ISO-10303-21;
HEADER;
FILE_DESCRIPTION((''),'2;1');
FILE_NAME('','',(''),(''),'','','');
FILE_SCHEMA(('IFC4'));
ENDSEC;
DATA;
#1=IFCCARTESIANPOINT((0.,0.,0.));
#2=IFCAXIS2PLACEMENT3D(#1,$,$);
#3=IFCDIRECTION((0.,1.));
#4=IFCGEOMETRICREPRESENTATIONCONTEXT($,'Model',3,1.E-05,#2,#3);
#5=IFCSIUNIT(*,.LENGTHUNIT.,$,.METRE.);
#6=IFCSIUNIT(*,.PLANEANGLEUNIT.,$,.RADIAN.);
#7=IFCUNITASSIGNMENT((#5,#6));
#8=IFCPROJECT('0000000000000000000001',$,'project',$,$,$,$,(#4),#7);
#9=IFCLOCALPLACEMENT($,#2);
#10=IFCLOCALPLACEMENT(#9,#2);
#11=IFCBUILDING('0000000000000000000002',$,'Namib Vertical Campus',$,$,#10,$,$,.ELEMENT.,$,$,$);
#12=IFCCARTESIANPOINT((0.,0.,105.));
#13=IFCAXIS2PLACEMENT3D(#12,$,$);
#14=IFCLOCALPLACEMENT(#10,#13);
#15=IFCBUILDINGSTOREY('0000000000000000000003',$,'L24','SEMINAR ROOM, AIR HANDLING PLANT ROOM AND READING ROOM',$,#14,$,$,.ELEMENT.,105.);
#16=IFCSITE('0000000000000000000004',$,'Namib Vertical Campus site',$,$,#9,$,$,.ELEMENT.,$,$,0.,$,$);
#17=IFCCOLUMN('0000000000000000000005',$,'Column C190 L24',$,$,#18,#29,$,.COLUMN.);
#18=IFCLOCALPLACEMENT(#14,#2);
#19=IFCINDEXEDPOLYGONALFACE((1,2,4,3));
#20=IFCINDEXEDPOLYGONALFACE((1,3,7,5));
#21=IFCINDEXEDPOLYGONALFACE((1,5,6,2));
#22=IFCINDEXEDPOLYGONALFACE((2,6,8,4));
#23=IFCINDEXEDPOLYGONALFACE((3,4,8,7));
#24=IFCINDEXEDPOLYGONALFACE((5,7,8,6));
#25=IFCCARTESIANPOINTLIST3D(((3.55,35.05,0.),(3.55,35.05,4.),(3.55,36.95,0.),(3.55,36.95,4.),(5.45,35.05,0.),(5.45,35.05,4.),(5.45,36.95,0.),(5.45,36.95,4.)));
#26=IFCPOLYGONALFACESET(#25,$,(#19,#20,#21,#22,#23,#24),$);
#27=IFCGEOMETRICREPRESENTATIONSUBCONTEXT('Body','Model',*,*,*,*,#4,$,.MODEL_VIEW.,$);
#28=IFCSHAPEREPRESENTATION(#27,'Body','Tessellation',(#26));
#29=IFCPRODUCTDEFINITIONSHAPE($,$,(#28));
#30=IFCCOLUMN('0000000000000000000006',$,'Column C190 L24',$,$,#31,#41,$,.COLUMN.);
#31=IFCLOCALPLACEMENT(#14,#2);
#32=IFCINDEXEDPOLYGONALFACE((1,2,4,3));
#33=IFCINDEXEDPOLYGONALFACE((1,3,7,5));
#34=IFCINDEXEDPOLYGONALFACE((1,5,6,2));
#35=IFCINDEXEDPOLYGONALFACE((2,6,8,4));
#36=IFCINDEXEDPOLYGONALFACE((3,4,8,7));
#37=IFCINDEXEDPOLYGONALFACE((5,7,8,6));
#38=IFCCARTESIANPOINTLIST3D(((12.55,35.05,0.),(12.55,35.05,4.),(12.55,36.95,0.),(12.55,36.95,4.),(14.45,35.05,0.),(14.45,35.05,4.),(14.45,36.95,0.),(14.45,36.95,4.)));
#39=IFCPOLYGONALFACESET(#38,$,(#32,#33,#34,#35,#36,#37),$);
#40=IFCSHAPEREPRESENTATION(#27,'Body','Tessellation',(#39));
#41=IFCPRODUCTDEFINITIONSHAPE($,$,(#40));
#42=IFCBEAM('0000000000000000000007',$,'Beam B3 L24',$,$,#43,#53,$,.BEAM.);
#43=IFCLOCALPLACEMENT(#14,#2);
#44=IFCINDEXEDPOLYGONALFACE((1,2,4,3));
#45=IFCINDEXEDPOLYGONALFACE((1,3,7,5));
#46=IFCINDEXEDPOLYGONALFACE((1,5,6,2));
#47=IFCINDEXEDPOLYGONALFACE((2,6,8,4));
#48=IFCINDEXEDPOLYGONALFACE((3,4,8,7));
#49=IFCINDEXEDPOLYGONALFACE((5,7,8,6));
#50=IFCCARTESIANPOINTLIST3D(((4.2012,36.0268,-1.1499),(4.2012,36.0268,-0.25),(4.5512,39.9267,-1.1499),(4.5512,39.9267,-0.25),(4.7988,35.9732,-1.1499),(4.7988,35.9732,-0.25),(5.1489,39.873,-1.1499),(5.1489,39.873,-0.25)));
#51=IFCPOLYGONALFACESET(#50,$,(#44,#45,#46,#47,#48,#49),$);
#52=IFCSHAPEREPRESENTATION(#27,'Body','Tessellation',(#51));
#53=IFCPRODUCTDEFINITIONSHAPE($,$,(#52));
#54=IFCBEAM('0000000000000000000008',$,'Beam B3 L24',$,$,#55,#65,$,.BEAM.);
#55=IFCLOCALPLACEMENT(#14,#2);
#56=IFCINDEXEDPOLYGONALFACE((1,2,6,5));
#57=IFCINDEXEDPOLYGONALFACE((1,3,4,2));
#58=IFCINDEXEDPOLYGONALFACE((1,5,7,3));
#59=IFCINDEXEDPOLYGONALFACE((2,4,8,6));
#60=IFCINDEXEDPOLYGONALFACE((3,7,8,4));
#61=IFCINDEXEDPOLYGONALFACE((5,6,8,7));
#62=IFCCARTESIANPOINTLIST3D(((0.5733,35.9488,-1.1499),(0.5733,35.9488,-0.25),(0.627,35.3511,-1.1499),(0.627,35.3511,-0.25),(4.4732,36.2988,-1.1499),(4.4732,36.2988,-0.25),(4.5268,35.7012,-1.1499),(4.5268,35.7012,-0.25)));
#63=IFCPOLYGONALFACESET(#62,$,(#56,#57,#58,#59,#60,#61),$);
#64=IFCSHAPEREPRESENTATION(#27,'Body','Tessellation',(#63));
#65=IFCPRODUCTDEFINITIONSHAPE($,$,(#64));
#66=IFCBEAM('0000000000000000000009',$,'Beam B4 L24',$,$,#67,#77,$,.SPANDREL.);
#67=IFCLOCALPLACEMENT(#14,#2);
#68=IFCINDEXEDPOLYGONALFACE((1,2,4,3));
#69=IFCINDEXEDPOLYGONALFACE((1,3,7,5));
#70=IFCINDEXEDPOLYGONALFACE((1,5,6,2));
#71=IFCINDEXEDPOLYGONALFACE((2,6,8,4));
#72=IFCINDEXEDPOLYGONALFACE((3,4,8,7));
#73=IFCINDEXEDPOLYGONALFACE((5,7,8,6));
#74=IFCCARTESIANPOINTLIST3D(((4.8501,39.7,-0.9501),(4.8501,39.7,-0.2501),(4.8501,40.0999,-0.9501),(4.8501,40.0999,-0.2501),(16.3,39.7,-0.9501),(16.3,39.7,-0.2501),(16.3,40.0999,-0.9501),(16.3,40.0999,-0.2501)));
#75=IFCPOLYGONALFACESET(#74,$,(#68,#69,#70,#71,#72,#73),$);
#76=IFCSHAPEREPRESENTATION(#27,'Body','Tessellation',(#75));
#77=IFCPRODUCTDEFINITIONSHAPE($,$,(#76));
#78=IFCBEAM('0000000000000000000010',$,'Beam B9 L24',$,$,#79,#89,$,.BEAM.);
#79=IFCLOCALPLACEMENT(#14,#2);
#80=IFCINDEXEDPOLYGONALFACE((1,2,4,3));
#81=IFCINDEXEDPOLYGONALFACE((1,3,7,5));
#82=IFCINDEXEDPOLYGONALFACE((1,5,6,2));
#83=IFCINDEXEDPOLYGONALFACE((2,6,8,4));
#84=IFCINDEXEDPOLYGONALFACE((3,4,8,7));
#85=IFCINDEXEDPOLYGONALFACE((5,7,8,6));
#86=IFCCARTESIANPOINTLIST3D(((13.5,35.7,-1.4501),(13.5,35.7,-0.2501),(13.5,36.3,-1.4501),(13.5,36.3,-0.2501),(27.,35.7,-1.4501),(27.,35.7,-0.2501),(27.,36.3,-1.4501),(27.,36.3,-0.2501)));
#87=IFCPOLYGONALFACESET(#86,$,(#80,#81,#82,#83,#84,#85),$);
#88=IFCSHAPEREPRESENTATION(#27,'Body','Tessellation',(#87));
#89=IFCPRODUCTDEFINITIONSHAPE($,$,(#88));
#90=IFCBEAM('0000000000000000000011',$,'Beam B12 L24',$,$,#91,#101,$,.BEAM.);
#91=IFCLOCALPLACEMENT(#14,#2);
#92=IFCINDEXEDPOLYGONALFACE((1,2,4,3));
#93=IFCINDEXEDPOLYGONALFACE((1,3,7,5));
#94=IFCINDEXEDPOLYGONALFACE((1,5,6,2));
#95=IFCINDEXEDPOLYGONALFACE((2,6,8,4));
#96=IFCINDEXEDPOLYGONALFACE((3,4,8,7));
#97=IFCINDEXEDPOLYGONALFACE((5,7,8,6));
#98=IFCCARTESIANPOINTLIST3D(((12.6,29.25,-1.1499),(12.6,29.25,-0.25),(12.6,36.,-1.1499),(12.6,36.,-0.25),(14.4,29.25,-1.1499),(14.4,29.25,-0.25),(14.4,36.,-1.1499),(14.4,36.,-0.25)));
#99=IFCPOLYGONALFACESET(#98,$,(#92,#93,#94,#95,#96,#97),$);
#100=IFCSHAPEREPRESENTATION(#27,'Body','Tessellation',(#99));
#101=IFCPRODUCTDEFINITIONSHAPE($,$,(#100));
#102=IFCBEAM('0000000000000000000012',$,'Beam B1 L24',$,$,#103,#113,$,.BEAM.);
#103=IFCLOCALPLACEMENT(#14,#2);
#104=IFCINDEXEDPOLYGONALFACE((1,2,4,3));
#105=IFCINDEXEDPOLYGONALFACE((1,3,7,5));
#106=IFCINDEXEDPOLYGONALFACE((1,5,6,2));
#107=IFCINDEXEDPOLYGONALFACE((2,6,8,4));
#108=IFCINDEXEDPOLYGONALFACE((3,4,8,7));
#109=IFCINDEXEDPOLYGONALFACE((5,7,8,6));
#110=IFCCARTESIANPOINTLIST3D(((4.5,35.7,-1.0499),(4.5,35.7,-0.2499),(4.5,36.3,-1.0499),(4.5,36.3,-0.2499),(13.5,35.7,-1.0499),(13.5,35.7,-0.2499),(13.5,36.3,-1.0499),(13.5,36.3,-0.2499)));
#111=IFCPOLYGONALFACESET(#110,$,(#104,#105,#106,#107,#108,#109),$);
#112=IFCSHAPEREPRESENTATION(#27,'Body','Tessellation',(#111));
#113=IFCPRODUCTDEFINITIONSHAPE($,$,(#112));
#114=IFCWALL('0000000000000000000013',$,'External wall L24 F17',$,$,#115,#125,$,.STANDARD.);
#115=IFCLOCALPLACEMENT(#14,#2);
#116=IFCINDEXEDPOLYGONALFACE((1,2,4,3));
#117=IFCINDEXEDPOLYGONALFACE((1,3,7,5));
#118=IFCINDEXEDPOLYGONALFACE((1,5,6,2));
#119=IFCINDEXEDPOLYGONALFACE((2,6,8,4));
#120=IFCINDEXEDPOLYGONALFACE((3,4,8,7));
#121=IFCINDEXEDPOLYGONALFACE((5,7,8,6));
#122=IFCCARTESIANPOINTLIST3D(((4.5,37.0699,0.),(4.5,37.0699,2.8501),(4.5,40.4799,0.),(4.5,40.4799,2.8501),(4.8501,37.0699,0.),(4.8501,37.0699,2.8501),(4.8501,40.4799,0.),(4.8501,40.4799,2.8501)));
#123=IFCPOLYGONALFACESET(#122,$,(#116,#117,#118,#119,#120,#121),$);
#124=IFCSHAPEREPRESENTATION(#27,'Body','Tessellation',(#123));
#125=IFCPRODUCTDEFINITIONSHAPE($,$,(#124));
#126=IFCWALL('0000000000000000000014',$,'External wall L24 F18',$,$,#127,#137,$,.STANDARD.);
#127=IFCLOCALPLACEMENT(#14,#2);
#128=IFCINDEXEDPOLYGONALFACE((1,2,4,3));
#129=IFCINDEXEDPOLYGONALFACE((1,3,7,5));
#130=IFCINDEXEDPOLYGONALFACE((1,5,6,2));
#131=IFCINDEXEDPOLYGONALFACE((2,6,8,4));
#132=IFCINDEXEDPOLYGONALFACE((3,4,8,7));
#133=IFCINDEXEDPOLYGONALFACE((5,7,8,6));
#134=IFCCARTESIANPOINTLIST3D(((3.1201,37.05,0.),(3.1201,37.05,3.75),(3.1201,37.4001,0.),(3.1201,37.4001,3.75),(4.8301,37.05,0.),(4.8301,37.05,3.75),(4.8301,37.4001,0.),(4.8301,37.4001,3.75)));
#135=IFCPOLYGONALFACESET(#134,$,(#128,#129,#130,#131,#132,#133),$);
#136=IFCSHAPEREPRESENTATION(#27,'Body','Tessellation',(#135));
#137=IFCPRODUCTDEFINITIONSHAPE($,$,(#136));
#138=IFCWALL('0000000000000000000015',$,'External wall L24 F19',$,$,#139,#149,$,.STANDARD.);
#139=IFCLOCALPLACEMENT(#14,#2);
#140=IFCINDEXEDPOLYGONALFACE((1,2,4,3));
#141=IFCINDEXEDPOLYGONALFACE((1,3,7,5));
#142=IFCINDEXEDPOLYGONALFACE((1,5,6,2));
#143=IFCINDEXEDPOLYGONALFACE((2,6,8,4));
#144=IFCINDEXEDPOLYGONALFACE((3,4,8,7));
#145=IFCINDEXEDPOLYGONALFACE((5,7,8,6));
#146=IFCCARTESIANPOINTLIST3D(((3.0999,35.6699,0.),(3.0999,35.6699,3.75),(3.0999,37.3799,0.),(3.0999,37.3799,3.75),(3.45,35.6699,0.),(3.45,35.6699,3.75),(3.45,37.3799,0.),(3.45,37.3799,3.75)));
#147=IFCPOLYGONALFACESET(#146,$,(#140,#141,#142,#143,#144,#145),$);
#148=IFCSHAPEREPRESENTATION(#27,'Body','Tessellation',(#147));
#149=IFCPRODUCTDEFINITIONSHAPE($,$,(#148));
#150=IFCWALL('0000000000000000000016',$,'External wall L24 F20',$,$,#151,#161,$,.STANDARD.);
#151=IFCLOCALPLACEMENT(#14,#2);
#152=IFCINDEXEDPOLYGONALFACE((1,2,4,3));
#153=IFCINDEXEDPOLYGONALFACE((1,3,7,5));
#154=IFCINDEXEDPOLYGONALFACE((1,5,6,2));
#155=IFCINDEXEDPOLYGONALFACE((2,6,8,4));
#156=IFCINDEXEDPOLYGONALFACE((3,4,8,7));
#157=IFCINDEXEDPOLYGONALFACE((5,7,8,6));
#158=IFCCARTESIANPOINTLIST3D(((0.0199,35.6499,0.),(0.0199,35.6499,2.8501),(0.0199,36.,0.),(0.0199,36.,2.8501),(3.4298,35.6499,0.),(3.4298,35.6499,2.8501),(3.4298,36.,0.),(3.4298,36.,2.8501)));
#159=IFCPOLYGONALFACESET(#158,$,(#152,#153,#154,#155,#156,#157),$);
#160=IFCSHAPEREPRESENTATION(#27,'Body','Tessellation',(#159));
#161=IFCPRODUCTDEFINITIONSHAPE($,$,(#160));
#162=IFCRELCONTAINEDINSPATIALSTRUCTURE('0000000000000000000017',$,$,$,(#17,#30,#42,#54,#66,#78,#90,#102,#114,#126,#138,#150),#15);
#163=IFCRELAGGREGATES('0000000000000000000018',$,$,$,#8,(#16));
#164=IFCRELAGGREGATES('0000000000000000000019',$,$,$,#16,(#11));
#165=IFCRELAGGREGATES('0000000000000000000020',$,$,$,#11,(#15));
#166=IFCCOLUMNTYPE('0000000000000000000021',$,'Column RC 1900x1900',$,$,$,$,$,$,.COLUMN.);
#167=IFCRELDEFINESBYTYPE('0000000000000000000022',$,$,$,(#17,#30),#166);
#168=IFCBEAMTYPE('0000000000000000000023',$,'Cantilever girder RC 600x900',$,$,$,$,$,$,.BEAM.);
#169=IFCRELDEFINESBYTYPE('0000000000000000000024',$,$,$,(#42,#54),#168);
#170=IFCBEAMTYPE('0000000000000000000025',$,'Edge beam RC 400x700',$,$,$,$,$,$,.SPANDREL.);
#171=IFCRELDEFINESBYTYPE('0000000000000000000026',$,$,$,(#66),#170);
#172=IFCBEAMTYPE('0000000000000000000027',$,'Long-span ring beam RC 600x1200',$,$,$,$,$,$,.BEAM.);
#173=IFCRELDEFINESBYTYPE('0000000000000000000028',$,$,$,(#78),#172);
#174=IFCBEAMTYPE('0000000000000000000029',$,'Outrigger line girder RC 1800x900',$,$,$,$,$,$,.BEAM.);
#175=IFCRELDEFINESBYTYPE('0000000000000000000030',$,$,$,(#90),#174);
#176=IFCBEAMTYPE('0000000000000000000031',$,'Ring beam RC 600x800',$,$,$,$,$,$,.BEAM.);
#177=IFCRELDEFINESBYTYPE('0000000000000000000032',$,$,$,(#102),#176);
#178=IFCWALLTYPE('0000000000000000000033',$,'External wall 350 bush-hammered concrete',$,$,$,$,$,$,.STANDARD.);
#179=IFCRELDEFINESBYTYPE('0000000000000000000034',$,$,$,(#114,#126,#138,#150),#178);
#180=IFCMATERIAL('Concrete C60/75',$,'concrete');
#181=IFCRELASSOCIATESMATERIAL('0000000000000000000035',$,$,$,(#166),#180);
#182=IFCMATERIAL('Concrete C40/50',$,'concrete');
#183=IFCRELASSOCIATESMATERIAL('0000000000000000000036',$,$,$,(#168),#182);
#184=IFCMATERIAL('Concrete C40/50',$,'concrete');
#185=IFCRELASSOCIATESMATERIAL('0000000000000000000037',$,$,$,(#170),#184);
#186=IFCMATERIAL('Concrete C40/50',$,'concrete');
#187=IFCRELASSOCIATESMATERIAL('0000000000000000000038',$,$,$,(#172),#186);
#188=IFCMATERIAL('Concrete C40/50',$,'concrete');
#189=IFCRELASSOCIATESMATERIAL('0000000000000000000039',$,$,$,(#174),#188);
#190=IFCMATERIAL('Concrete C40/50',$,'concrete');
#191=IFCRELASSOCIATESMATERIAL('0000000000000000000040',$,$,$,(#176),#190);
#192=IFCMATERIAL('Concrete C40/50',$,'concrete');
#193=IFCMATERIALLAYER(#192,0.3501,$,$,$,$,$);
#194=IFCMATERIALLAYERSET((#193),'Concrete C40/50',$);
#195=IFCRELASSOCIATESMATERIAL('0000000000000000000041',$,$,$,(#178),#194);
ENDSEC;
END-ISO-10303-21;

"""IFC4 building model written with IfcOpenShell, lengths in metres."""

from ifc_helpers import new_model, si_unit, direction, frame, frame_2d, origin, origin_2d, place, context, subcontext, project, spatial, rectangle, extrude, material, layer, layer_set, material_profile, profile_set, type_object, element, save


model = new_model("IFC4")

# Units and contexts
model_context = context("Model", 3, precision=1e-05, world=origin(), true_north=direction((0.0, 1.0)))
body_context = subcontext(model_context, "Body", "Model", "MODEL_VIEW")
ifc_project = project(units=[si_unit("LENGTHUNIT", "METRE"), si_unit("PLANEANGLEUNIT", "RADIAN")], contexts=[model_context])

# Site, building, storey
site_placement = place(None, origin())
site = spatial("IfcSite", under=ifc_project, at=site_placement, Name="Namib Vertical Campus site", CompositionType="ELEMENT", RefElevation=0.0)
building_placement = place(site_placement, origin())
building = spatial("IfcBuilding", under=site, at=building_placement, Name="Namib Vertical Campus", CompositionType="ELEMENT")
storey_placement = place(building_placement, frame((0.0, 0.0, 105.0)))
storey = spatial("IfcBuildingStorey", under=building, at=storey_placement, Name="L24", Description="SEMINAR ROOM, AIR HANDLING PLANT ROOM AND READING ROOM", CompositionType="ELEMENT", Elevation=105.0)

# Columns
ifc_material_1 = material(Name="Concrete C60/75", Category="concrete")
ifc_material_profile_1 = material_profile(ifc_material_1, rectangle(XDim=1.8999, YDim=1.8999, at=origin_2d()))
ifc_profile_set_1 = profile_set([ifc_material_profile_1], Name="Concrete C60/75")
column_type = type_object("IfcColumnType", Name="Column RC 1900x1900", PredefinedType="COLUMN", material=ifc_profile_set_1)
for number, where, z_axis, x_axis, name in (
    (1, (4.5, 36.0, 0.0), (0.0, 0.0, 1.0), (1.0, 0.0, 0.0), "Column C190 L24"),
    (2, (13.5, 36.0, 0.0), (0.0, 0.0, 1.0), (1.0, 0.0, 0.0), "Column C190 L24"),
):
    element("IfcColumn", number, at=place(storey_placement, frame(where, z_axis=z_axis, x_axis=x_axis)), inside=storey, type_object=column_type, Name=name, PredefinedType="COLUMN", context=body_context, shape_type="SweptSolid", body=[
        extrude(rectangle(XDim=1.8999, YDim=1.8999, at=origin_2d()), origin(), (0.0, 0.0, 1.0), 4.0),
    ])

# Beams
ifc_material_2 = material(Name="Concrete C40/50", Category="concrete")
ifc_material_profile_2 = material_profile(ifc_material_2, rectangle(XDim=0.6001, YDim=0.8999, at=origin_2d()))
ifc_profile_set_2 = profile_set([ifc_material_profile_2], Name="Concrete C40/50")
beam_type_1 = type_object("IfcBeamType", Name="Cantilever girder RC 600x900", PredefinedType="BEAM", material=ifc_profile_set_2)
for number, where, z_axis, x_axis, name in (
    (3, (4.5, 36.0, -0.7), (0.089411, 0.995995, 0.0), (-0.995995, 0.089411, 0.0), "Beam B3 L24"),
    (4, (4.5, 36.0, -0.7), (-0.995995, -0.089411, 0.0), (0.089411, -0.995995, 0.0), "Beam B3 L24"),
):
    element("IfcBeam", number, at=place(storey_placement, frame(where, z_axis=z_axis, x_axis=x_axis)), inside=storey, type_object=beam_type_1, Name=name, PredefinedType="BEAM", context=body_context, shape_type="SweptSolid", body=[
        extrude(rectangle(XDim=0.6001, YDim=0.8999, at=origin_2d()), origin(), (0.0, 0.0, 1.0), 3.9155),
    ])
ifc_material_3 = material(Name="Concrete C40/50", Category="concrete")
ifc_material_profile_3 = material_profile(ifc_material_3, rectangle(XDim=0.3999, YDim=0.7, at=origin_2d()))
ifc_profile_set_3 = profile_set([ifc_material_profile_3], Name="Concrete C40/50")
beam_type_2 = type_object("IfcBeamType", Name="Edge beam RC 400x700", PredefinedType="SPANDREL", material=ifc_profile_set_3)
beam_1_placement = place(storey_placement, frame((4.8501, 39.8999, -0.6001), z_axis=(1.0, 0.0, 0.0), x_axis=(0.0, 1.0, 0.0)))
element("IfcBeam", 5, at=beam_1_placement, inside=storey, type_object=beam_type_2, Name="Beam B4 L24", PredefinedType="SPANDREL", context=body_context, shape_type="SweptSolid", body=[
    extrude(rectangle(XDim=0.3999, YDim=0.7, at=origin_2d()), origin(), (0.0, 0.0, 1.0), 11.45),
])
ifc_material_4 = material(Name="Concrete C40/50", Category="concrete")
ifc_material_profile_4 = material_profile(ifc_material_4, rectangle(XDim=0.6001, YDim=1.2, at=origin_2d()))
ifc_profile_set_4 = profile_set([ifc_material_profile_4], Name="Concrete C40/50")
beam_type_3 = type_object("IfcBeamType", Name="Long-span ring beam RC 600x1200", PredefinedType="BEAM", material=ifc_profile_set_4)
beam_2_placement = place(storey_placement, frame((13.5, 36.0, -0.8501), z_axis=(1.0, 0.0, 0.0), x_axis=(0.0, 1.0, 0.0)))
element("IfcBeam", 6, at=beam_2_placement, inside=storey, type_object=beam_type_3, Name="Beam B9 L24", PredefinedType="BEAM", context=body_context, shape_type="SweptSolid", body=[
    extrude(rectangle(XDim=0.6001, YDim=1.2, at=origin_2d()), origin(), (0.0, 0.0, 1.0), 13.5),
])
ifc_material_5 = material(Name="Concrete C40/50", Category="concrete")
ifc_material_profile_5 = material_profile(ifc_material_5, rectangle(XDim=1.8, YDim=0.8999, at=origin_2d()))
ifc_profile_set_5 = profile_set([ifc_material_profile_5], Name="Concrete C40/50")
beam_type_4 = type_object("IfcBeamType", Name="Outrigger line girder RC 1800x900", PredefinedType="BEAM", material=ifc_profile_set_5)
beam_3_placement = place(storey_placement, frame((13.5, 36.0, -0.7), z_axis=(0.0, -1.0, 0.0), x_axis=(1.0, 0.0, 0.0)))
element("IfcBeam", 7, at=beam_3_placement, inside=storey, type_object=beam_type_4, Name="Beam B12 L24", PredefinedType="BEAM", context=body_context, shape_type="SweptSolid", body=[
    extrude(rectangle(XDim=1.8, YDim=0.8999, at=origin_2d()), origin(), (0.0, 0.0, 1.0), 6.75),
])
ifc_material_6 = material(Name="Concrete C40/50", Category="concrete")
ifc_material_profile_6 = material_profile(ifc_material_6, rectangle(XDim=0.6001, YDim=0.8, at=origin_2d()))
ifc_profile_set_6 = profile_set([ifc_material_profile_6], Name="Concrete C40/50")
beam_type_5 = type_object("IfcBeamType", Name="Ring beam RC 600x800", PredefinedType="BEAM", material=ifc_profile_set_6)
beam_4_placement = place(storey_placement, frame((4.5, 36.0, -0.6499), z_axis=(1.0, 0.0, 0.0), x_axis=(0.0, 1.0, 0.0)))
element("IfcBeam", 8, at=beam_4_placement, inside=storey, type_object=beam_type_5, Name="Beam B1 L24", PredefinedType="BEAM", context=body_context, shape_type="SweptSolid", body=[
    extrude(rectangle(XDim=0.6001, YDim=0.8, at=origin_2d()), origin(), (0.0, 0.0, 1.0), 9.0),
])

# Walls
ifc_material_7 = material(Name="Concrete C40/50", Category="concrete")
ifc_layer_1 = layer(ifc_material_7, 0.3501)
ifc_layer_set_1 = layer_set([ifc_layer_1], Name="Concrete C40/50")
wall_type = type_object("IfcWallType", Name="External wall 350 bush-hammered concrete", PredefinedType="STANDARD", material=ifc_layer_set_1)
wall_1_placement = place(storey_placement, frame((4.675, 40.48, 0.0), z_axis=(0.0, 0.0, 1.0), x_axis=(0.0, -1.0, 0.0)))
element("IfcWall", 9, at=wall_1_placement, inside=storey, type_object=wall_type, Name="External wall L24 F17", PredefinedType="STANDARD", context=body_context, shape_type="SweptSolid", body=[
    extrude(rectangle(XDim=3.4099, YDim=0.3501, at=frame_2d((1.7051, 0.0))), origin(), (0.0, 0.0, 1.0), 2.8501),
])
for number, where, z_axis, x_axis, name in (
    (10, (4.8301, 37.2251, 0.0), (0.0, 0.0, 1.0), (-1.0, 0.0, 0.0), "External wall L24 F18"),
    (11, (3.2749, 37.3799, 0.0), (0.0, 0.0, 1.0), (0.0, -1.0, 0.0), "External wall L24 F19"),
):
    element("IfcWall", number, at=place(storey_placement, frame(where, z_axis=z_axis, x_axis=x_axis)), inside=storey, type_object=wall_type, Name=name, PredefinedType="STANDARD", context=body_context, shape_type="SweptSolid", body=[
        extrude(rectangle(XDim=1.71, YDim=0.3501, at=frame_2d((0.855, 0.0))), origin(), (0.0, 0.0, 1.0), 3.75),
    ])
wall_2_placement = place(storey_placement, frame((3.4299, 35.825, 0.0), z_axis=(0.0, 0.0, 1.0), x_axis=(-1.0, 0.0, 0.0)))
element("IfcWall", 12, at=wall_2_placement, inside=storey, type_object=wall_type, Name="External wall L24 F20", PredefinedType="STANDARD", context=body_context, shape_type="SweptSolid", body=[
    extrude(rectangle(XDim=3.4099, YDim=0.3501, at=frame_2d((1.7051, 0.0))), origin(), (0.0, 0.0, 1.0), 2.8501),
])

save(model, "model.ifc")
